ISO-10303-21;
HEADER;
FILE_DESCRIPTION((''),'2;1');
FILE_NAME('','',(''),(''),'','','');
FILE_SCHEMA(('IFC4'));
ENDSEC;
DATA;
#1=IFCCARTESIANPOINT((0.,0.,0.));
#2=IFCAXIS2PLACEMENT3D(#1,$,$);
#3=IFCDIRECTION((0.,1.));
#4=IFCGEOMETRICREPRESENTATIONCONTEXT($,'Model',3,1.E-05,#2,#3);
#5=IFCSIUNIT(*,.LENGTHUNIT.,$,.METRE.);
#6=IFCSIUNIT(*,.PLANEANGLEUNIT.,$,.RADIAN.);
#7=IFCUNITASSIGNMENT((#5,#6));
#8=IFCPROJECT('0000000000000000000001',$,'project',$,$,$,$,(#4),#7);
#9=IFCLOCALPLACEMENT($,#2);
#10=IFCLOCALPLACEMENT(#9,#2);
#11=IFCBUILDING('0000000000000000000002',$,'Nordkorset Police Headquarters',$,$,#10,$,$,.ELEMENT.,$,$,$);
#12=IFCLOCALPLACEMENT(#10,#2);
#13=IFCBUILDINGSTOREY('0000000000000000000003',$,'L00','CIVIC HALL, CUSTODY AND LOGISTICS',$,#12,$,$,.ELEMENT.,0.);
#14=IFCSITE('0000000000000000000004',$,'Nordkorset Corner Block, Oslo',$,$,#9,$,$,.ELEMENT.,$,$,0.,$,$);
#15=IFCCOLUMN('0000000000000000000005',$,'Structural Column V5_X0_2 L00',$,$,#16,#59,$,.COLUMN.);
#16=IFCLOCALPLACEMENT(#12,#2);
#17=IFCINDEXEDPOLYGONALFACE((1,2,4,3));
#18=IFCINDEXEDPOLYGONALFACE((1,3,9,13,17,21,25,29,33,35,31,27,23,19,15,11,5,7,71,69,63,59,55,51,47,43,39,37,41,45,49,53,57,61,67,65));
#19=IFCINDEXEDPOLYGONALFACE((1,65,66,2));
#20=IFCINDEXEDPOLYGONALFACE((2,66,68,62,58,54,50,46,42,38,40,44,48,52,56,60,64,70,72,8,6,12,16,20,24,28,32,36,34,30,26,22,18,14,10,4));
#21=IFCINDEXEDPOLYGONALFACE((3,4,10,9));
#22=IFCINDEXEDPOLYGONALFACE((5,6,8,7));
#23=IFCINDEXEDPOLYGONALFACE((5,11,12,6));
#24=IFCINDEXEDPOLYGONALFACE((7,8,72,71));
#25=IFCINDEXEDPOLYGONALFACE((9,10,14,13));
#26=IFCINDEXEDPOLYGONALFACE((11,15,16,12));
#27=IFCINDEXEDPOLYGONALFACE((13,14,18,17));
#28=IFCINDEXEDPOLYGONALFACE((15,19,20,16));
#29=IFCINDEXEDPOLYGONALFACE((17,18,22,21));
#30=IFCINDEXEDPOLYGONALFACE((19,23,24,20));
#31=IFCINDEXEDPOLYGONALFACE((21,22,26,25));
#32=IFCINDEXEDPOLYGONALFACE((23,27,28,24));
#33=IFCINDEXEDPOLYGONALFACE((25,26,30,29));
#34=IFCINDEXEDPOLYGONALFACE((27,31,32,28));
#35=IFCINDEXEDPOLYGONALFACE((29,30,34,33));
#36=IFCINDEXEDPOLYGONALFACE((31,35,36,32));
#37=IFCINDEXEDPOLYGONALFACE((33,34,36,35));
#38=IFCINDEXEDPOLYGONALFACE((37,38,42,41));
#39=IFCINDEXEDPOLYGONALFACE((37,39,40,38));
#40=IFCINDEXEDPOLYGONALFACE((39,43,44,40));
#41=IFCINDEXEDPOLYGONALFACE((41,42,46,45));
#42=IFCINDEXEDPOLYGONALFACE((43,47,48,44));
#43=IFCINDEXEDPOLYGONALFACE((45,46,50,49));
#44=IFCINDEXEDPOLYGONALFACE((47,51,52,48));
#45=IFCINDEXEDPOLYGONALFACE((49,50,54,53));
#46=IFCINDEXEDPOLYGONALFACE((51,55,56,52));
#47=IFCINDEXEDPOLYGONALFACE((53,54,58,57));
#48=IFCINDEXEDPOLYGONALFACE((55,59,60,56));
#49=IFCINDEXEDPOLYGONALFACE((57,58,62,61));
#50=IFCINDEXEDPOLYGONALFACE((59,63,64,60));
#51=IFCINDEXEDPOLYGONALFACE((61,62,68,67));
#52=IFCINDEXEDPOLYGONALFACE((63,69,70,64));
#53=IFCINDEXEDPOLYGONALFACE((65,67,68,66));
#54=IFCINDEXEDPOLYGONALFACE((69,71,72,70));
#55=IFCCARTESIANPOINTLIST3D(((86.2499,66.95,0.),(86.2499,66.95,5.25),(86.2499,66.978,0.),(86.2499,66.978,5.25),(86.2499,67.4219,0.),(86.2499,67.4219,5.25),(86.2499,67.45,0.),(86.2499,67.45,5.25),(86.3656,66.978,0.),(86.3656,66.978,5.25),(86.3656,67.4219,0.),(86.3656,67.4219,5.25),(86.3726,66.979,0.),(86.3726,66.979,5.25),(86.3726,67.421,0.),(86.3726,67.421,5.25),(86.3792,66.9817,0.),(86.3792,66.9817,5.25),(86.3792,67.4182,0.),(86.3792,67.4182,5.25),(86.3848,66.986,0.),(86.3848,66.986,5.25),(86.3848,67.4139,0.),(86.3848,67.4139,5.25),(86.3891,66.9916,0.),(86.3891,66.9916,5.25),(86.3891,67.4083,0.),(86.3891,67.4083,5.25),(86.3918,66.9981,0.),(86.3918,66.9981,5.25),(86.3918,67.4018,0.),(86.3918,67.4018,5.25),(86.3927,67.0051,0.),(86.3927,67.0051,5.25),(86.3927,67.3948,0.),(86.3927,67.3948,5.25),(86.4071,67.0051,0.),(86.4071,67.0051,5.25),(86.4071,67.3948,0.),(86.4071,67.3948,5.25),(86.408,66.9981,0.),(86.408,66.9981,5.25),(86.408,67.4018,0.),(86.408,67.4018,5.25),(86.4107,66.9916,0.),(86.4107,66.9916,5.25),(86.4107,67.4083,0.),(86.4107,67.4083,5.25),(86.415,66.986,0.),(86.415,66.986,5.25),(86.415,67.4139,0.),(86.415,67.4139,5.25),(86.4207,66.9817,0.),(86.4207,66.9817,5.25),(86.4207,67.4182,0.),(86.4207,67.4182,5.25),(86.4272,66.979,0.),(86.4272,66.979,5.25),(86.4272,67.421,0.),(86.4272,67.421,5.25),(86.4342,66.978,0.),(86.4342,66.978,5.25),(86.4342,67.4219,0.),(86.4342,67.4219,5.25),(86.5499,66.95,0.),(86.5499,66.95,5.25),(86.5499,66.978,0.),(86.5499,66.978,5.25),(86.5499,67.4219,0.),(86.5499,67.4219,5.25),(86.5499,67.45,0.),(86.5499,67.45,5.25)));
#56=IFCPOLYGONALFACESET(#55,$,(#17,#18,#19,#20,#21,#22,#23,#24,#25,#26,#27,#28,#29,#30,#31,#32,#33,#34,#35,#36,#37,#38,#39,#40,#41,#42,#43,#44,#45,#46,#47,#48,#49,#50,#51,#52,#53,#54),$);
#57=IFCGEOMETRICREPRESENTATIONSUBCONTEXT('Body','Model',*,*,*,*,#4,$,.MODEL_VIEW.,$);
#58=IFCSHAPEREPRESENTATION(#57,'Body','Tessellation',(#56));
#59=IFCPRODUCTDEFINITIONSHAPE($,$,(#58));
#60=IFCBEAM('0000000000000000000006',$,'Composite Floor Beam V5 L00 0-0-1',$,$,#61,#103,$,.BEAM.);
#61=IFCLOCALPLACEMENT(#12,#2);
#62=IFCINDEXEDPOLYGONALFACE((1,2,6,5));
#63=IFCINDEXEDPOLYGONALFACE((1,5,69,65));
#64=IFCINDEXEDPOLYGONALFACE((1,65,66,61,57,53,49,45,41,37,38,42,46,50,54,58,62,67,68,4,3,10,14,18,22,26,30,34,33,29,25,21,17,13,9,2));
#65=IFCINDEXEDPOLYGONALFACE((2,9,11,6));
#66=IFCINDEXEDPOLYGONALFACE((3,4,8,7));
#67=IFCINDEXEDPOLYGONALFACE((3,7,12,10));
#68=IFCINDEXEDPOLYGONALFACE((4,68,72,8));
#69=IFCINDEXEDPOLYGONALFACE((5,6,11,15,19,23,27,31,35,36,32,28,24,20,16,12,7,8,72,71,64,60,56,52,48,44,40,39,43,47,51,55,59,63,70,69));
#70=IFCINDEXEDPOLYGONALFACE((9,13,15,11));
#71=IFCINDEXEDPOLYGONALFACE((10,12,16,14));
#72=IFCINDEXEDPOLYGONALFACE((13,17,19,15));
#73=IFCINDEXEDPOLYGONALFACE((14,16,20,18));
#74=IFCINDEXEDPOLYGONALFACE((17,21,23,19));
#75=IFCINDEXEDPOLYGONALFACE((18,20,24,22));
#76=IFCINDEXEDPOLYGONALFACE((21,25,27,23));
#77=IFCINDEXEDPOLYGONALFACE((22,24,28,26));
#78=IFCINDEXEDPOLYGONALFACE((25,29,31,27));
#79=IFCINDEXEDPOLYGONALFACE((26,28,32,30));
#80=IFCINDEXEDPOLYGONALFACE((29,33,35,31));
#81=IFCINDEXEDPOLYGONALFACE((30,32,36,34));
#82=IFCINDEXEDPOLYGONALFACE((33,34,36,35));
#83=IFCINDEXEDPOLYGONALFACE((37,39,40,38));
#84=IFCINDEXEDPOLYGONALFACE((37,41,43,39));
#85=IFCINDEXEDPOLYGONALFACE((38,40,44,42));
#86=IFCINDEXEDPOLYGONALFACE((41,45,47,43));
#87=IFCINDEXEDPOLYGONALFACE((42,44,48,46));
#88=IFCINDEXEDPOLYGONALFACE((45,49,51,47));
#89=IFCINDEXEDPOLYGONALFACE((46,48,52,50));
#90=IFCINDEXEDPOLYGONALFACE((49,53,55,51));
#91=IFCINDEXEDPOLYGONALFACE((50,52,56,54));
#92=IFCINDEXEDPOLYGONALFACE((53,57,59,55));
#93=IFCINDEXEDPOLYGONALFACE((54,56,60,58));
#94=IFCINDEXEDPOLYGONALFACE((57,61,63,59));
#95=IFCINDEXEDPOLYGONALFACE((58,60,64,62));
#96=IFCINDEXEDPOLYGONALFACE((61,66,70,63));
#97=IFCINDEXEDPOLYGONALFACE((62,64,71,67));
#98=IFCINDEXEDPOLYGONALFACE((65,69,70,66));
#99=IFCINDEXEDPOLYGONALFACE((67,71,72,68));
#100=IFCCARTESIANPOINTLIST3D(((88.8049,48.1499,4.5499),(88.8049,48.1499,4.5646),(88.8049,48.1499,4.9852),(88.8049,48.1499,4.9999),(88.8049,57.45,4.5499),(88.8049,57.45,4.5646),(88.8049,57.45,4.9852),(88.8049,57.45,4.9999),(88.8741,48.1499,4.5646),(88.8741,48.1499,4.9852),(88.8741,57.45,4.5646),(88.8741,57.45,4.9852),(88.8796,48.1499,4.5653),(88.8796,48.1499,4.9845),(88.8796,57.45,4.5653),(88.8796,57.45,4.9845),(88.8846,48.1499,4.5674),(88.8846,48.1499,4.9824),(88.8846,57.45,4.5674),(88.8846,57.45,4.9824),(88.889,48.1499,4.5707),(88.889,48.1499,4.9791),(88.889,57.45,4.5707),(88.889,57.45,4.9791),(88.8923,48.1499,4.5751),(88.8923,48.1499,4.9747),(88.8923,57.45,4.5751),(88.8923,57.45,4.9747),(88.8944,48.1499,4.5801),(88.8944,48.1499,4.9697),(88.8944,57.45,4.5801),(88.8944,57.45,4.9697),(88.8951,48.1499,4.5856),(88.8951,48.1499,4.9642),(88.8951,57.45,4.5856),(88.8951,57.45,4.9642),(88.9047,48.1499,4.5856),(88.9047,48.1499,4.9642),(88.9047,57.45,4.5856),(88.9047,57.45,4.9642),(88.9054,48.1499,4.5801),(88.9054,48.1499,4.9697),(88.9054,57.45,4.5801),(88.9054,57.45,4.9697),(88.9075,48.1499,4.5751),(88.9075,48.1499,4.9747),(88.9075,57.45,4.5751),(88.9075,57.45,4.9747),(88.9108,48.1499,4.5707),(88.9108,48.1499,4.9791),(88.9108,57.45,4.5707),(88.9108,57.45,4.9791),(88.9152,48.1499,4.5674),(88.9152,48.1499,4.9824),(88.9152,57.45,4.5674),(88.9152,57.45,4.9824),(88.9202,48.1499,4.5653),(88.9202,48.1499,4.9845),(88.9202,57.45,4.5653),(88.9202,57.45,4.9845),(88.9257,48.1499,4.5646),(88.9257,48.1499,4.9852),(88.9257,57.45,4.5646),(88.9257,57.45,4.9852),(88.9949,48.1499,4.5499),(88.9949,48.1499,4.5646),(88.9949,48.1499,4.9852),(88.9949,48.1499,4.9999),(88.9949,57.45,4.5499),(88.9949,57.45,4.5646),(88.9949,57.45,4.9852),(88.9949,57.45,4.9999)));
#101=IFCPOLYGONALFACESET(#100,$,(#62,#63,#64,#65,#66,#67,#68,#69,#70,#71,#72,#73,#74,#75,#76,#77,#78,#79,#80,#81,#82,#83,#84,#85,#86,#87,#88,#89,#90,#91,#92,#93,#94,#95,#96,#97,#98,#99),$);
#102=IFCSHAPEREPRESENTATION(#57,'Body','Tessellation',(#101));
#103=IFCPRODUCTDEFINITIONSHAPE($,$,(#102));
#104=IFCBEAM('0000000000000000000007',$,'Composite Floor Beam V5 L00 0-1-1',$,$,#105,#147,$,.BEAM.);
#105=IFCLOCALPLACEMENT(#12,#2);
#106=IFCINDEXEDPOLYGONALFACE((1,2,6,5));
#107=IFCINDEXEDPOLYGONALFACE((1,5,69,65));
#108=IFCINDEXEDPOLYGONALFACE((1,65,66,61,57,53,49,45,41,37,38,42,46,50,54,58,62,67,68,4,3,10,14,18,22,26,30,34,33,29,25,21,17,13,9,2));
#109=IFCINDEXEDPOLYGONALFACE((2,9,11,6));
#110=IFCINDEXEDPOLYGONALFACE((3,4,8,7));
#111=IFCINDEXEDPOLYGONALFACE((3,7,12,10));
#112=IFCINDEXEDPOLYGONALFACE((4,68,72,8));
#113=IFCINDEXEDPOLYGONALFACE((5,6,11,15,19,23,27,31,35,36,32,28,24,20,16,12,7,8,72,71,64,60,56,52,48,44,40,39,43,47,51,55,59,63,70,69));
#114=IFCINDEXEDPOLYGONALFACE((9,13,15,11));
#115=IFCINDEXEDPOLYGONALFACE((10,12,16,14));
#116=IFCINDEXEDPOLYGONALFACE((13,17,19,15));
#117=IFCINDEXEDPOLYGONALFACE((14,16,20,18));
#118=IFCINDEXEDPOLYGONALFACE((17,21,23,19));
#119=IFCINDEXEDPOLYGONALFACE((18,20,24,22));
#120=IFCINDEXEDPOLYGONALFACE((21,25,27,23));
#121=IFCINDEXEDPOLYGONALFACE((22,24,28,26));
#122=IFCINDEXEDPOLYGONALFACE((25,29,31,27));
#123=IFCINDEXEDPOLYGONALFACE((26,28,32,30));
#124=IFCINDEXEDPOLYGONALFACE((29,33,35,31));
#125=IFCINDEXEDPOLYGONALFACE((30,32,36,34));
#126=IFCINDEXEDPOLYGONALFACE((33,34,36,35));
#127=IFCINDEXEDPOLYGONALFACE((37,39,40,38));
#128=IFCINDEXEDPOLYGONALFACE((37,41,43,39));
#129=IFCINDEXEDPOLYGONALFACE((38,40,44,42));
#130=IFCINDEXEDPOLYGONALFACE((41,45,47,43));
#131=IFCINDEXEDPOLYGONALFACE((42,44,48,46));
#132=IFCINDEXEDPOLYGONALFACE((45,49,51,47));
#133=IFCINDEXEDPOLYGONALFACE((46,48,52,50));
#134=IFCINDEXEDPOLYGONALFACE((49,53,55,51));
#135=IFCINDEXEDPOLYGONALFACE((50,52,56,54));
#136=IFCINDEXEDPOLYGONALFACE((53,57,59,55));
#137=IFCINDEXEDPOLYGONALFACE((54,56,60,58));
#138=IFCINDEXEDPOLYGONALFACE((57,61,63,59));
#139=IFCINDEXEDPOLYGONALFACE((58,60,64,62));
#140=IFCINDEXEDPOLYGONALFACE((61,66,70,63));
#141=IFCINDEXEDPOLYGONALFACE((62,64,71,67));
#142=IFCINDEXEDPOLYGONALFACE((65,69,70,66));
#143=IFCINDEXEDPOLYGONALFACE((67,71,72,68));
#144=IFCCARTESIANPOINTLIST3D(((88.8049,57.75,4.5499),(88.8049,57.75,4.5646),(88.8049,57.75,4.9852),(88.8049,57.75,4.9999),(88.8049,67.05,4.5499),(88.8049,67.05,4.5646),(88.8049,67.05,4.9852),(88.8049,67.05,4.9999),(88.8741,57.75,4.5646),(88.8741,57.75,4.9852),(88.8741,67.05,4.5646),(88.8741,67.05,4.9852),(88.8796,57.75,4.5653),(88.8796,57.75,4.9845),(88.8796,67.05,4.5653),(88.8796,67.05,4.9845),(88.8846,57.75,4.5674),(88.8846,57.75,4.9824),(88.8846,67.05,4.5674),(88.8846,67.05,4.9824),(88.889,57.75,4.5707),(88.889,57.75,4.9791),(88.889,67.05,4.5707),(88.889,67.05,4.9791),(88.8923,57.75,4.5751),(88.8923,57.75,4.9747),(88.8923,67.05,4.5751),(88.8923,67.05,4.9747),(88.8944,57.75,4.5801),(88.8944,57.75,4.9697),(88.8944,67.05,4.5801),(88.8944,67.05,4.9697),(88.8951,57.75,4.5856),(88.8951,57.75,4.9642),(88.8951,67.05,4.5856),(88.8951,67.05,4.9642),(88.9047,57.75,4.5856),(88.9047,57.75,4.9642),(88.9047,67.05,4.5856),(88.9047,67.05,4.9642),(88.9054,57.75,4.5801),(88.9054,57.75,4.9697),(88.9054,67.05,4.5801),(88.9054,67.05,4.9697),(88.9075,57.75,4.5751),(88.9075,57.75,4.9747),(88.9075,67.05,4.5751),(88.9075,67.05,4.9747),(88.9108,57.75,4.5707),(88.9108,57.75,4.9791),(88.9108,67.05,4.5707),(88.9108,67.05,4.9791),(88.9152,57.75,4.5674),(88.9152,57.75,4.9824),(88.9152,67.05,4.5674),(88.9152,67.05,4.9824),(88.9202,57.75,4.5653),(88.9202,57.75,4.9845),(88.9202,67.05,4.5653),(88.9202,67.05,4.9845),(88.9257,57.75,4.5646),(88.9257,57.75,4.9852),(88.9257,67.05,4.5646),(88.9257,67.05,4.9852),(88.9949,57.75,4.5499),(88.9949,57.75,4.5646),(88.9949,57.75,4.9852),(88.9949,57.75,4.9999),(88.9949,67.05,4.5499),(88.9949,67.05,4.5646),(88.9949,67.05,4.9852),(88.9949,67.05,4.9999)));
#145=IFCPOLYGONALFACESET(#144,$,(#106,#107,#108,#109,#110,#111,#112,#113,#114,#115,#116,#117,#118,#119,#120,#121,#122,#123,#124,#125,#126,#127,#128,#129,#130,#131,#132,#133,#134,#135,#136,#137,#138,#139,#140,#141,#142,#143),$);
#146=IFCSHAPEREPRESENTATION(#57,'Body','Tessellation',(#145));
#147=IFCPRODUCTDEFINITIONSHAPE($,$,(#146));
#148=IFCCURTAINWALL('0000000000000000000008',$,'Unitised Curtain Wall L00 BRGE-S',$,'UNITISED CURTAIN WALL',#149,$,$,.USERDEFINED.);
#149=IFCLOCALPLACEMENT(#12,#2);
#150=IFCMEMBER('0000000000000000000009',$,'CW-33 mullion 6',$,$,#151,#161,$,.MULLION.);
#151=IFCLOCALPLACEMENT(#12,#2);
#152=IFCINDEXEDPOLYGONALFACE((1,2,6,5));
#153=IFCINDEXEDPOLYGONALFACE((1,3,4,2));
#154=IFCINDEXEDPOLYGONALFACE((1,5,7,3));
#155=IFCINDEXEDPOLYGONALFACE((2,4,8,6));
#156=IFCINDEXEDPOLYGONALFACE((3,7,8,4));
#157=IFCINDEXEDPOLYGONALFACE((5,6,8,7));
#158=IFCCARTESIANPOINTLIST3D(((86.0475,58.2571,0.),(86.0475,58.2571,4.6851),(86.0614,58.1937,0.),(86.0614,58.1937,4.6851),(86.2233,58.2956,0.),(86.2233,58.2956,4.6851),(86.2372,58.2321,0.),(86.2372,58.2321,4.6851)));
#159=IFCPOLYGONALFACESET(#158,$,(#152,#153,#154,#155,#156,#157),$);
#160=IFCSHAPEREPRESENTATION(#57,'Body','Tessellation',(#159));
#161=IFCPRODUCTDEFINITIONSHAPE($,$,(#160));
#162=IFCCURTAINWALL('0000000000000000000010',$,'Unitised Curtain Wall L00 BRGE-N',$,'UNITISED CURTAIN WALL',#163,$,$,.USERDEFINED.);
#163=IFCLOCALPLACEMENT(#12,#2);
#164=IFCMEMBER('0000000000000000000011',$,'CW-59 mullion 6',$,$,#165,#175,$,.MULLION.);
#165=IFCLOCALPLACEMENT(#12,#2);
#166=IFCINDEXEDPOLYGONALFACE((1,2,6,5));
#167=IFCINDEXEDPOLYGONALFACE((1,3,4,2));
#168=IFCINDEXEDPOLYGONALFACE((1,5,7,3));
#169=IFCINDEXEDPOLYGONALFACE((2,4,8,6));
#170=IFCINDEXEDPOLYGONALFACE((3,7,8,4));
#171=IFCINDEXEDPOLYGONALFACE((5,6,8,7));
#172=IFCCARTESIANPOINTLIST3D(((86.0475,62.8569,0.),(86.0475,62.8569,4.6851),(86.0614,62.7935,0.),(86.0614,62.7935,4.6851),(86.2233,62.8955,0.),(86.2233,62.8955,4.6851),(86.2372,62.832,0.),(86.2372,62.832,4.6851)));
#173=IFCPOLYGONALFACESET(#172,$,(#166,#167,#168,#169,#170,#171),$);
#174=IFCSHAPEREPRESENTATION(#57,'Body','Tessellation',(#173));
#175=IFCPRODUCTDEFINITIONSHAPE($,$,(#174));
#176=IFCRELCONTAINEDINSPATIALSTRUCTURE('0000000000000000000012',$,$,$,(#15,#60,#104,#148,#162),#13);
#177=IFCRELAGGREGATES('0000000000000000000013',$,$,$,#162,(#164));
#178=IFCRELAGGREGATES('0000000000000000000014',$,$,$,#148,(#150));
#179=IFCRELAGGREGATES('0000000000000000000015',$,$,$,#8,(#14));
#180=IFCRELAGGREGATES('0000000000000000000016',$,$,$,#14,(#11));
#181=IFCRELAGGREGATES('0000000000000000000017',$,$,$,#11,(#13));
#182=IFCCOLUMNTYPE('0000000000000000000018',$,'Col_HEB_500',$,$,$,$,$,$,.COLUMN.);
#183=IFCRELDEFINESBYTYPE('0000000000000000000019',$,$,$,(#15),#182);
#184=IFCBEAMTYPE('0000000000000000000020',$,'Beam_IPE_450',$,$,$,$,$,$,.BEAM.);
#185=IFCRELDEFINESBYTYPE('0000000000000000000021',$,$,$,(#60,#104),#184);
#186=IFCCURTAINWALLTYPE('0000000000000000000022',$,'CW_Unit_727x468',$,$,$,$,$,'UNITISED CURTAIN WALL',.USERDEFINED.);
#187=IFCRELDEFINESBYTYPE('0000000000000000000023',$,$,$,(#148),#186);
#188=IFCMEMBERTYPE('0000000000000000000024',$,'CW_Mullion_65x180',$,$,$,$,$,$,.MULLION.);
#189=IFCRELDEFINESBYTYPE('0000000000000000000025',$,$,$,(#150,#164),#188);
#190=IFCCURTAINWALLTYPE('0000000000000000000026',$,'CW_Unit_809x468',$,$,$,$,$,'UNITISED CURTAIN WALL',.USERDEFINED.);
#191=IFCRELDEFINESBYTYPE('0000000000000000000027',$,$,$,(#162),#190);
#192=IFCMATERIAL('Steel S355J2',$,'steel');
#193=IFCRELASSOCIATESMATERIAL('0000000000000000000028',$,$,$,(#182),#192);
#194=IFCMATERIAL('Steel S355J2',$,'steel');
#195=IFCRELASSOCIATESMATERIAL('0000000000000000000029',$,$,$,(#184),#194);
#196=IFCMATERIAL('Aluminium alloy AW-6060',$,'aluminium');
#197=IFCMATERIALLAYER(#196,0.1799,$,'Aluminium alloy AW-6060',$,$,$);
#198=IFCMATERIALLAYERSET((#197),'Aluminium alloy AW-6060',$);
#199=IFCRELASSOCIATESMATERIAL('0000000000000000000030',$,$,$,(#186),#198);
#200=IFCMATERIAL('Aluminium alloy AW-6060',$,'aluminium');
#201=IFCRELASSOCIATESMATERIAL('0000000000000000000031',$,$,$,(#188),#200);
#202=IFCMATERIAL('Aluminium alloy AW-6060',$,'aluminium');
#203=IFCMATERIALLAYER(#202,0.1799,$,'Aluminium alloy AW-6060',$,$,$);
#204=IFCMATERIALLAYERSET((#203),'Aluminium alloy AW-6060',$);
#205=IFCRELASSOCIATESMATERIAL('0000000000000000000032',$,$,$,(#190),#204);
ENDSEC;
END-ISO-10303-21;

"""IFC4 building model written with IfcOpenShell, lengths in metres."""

from ifc_helpers import new_model, si_unit, direction, frame, origin, origin_2d, place, context, subcontext, project, spatial, rectangle, i_section, extrude, material, layer, layer_set, material_profile, profile_set, type_object, element, aggregate, save


model = new_model("IFC4")

# Units and contexts
model_context = context("Model", 3, precision=1e-05, world=origin(), true_north=direction((0.0, 1.0)))
body_context = subcontext(model_context, "Body", "Model", "MODEL_VIEW")
ifc_project = project(units=[si_unit("LENGTHUNIT", "METRE"), si_unit("PLANEANGLEUNIT", "RADIAN")], contexts=[model_context])

# Site, building, storey
site_placement = place(None, origin())
site = spatial("IfcSite", under=ifc_project, at=site_placement, Name="Nordkorset Corner Block, Oslo", CompositionType="ELEMENT", RefElevation=0.0)
building_placement = place(site_placement, origin())
building = spatial("IfcBuilding", under=site, at=building_placement, Name="Nordkorset Police Headquarters", CompositionType="ELEMENT")
storey_placement = place(building_placement, origin())
storey = spatial("IfcBuildingStorey", under=building, at=storey_placement, Name="L00", Description="CIVIC HALL, CUSTODY AND LOGISTICS", CompositionType="ELEMENT", Elevation=0.0)

# Column
ifc_material_1 = material(Name="Steel S355J2", Category="steel")
ifc_material_profile_1 = material_profile(ifc_material_1, i_section(OverallWidth=0.3, OverallDepth=0.5, WebThickness=0.0144, FlangeThickness=0.0281, FilletRadius=0.0271, at=origin_2d()), Name="HEB 500")
ifc_profile_set_1 = profile_set([ifc_material_profile_1], Name="Steel S355J2")
column_type = type_object("IfcColumnType", Name="Col_HEB_500", PredefinedType="COLUMN", material=ifc_profile_set_1)
for number, where, z_axis, x_axis, name in (
    (1, (86.3999, 67.2, 0.0), (0.0, 0.0, 1.0), (1.0, 0.0, 0.0), "Structural Column V5_X0_2 L00"),
):
    element("IfcColumn", number, at=place(storey_placement, frame(where, z_axis=z_axis, x_axis=x_axis)), inside=storey, type_object=column_type, Name=name, PredefinedType="COLUMN", context=body_context, shape_type="SweptSolid", body=[
        extrude(i_section(OverallWidth=0.3, OverallDepth=0.5, WebThickness=0.0144, FlangeThickness=0.0281, FilletRadius=0.0271, at=origin_2d()), origin(), (0.0, 0.0, 1.0), 5.25),
    ])

# Beams
ifc_material_2 = material(Name="Steel S355J2", Category="steel")
ifc_material_profile_2 = material_profile(ifc_material_2, i_section(OverallWidth=0.1899, OverallDepth=0.45, WebThickness=0.0095, FlangeThickness=0.0146, FilletRadius=0.021, at=origin_2d()), Name="IPE 450")
ifc_profile_set_2 = profile_set([ifc_material_profile_2], Name="Steel S355J2")
beam_type_1 = type_object("IfcBeamType", Name="Beam_IPE_450", PredefinedType="BEAM", material=ifc_profile_set_2)
for number, where, z_axis, x_axis, name in (
    (2, (88.8999, 48.1499, 4.7749), (0.0, 1.0, 0.0), (-1.0, 0.0, 0.0), "Composite Floor Beam V5 L00 0-0-1"),
    (3, (88.8999, 57.75, 4.7749), (0.0, 1.0, 0.0), (-1.0, 0.0, 0.0), "Composite Floor Beam V5 L00 0-1-1"),
):
    element("IfcBeam", number, at=place(storey_placement, frame(where, z_axis=z_axis, x_axis=x_axis)), inside=storey, type_object=beam_type_1, Name=name, PredefinedType="BEAM", context=body_context, shape_type="SweptSolid", body=[
        extrude(i_section(OverallWidth=0.1899, OverallDepth=0.45, WebThickness=0.0095, FlangeThickness=0.0146, FilletRadius=0.021, at=origin_2d()), origin(), (0.0, 0.0, 1.0), 9.3),
    ])

# Curtain walls, members
ifc_material_3 = material(Name="Aluminium alloy AW-6060", Category="aluminium")
ifc_layer_1 = layer(ifc_material_3, 0.1799, Name="Aluminium alloy AW-6060")
ifc_layer_set_1 = layer_set([ifc_layer_1], Name="Aluminium alloy AW-6060")
curtain_wall_type_1 = type_object("IfcCurtainWallType", Name="CW_Unit_727x468", ElementType="UNITISED CURTAIN WALL", PredefinedType="USERDEFINED", material=ifc_layer_set_1)
curtain_wall_1_placement = place(storey_placement, origin())
curtain_wall_1 = element("IfcCurtainWall", 4, at=curtain_wall_1_placement, inside=storey, type_object=curtain_wall_type_1, Name="Unitised Curtain Wall L00 BRGE-S", ObjectType="UNITISED CURTAIN WALL", PredefinedType="USERDEFINED")
ifc_material_4 = material(Name="Aluminium alloy AW-6060", Category="aluminium")
ifc_material_profile_3 = material_profile(ifc_material_4, rectangle(XDim=0.0649, YDim=0.1799, at=origin_2d()), Name="ALU MULL 65x180")
ifc_profile_set_3 = profile_set([ifc_material_profile_3], Name="Aluminium alloy AW-6060")
member_type = type_object("IfcMemberType", Name="CW_Mullion_65x180", PredefinedType="MULLION", material=ifc_profile_set_3)
member_1_placement = place(storey_placement, frame((86.1423, 58.2446, 0.0), z_axis=(0.0, 0.0, 1.0), x_axis=(-0.213737, 0.976891, 0.0)))
member_1 = element("IfcMember", 5, at=member_1_placement, type_object=member_type, Name="CW-33 mullion 6", PredefinedType="MULLION", context=body_context, shape_type="SweptSolid", body=[
    extrude(rectangle(XDim=0.0649, YDim=0.1799, at=origin_2d()), origin(), (0.0, 0.0, 1.0), 4.6851),
])
ifc_material_5 = material(Name="Aluminium alloy AW-6060", Category="aluminium")
ifc_layer_2 = layer(ifc_material_5, 0.1799, Name="Aluminium alloy AW-6060")
ifc_layer_set_2 = layer_set([ifc_layer_2], Name="Aluminium alloy AW-6060")
curtain_wall_type_2 = type_object("IfcCurtainWallType", Name="CW_Unit_809x468", ElementType="UNITISED CURTAIN WALL", PredefinedType="USERDEFINED", material=ifc_layer_set_2)
curtain_wall_2_placement = place(storey_placement, origin())
curtain_wall_2 = element("IfcCurtainWall", 6, at=curtain_wall_2_placement, inside=storey, type_object=curtain_wall_type_2, Name="Unitised Curtain Wall L00 BRGE-N", ObjectType="UNITISED CURTAIN WALL", PredefinedType="USERDEFINED")
member_2_placement = place(storey_placement, frame((86.1423, 62.8445, 0.0), z_axis=(0.0, 0.0, 1.0), x_axis=(-0.214298, 0.976768, 0.0)))
member_2 = element("IfcMember", 7, at=member_2_placement, type_object=member_type, Name="CW-59 mullion 6", PredefinedType="MULLION", context=body_context, shape_type="SweptSolid", body=[
    extrude(rectangle(XDim=0.0649, YDim=0.1799, at=origin_2d()), origin(), (0.0, 0.0, 1.0), 4.6851),
])
aggregate(curtain_wall_2, [member_2])

aggregate(curtain_wall_1, [member_1])

save(model, "model.ifc")
